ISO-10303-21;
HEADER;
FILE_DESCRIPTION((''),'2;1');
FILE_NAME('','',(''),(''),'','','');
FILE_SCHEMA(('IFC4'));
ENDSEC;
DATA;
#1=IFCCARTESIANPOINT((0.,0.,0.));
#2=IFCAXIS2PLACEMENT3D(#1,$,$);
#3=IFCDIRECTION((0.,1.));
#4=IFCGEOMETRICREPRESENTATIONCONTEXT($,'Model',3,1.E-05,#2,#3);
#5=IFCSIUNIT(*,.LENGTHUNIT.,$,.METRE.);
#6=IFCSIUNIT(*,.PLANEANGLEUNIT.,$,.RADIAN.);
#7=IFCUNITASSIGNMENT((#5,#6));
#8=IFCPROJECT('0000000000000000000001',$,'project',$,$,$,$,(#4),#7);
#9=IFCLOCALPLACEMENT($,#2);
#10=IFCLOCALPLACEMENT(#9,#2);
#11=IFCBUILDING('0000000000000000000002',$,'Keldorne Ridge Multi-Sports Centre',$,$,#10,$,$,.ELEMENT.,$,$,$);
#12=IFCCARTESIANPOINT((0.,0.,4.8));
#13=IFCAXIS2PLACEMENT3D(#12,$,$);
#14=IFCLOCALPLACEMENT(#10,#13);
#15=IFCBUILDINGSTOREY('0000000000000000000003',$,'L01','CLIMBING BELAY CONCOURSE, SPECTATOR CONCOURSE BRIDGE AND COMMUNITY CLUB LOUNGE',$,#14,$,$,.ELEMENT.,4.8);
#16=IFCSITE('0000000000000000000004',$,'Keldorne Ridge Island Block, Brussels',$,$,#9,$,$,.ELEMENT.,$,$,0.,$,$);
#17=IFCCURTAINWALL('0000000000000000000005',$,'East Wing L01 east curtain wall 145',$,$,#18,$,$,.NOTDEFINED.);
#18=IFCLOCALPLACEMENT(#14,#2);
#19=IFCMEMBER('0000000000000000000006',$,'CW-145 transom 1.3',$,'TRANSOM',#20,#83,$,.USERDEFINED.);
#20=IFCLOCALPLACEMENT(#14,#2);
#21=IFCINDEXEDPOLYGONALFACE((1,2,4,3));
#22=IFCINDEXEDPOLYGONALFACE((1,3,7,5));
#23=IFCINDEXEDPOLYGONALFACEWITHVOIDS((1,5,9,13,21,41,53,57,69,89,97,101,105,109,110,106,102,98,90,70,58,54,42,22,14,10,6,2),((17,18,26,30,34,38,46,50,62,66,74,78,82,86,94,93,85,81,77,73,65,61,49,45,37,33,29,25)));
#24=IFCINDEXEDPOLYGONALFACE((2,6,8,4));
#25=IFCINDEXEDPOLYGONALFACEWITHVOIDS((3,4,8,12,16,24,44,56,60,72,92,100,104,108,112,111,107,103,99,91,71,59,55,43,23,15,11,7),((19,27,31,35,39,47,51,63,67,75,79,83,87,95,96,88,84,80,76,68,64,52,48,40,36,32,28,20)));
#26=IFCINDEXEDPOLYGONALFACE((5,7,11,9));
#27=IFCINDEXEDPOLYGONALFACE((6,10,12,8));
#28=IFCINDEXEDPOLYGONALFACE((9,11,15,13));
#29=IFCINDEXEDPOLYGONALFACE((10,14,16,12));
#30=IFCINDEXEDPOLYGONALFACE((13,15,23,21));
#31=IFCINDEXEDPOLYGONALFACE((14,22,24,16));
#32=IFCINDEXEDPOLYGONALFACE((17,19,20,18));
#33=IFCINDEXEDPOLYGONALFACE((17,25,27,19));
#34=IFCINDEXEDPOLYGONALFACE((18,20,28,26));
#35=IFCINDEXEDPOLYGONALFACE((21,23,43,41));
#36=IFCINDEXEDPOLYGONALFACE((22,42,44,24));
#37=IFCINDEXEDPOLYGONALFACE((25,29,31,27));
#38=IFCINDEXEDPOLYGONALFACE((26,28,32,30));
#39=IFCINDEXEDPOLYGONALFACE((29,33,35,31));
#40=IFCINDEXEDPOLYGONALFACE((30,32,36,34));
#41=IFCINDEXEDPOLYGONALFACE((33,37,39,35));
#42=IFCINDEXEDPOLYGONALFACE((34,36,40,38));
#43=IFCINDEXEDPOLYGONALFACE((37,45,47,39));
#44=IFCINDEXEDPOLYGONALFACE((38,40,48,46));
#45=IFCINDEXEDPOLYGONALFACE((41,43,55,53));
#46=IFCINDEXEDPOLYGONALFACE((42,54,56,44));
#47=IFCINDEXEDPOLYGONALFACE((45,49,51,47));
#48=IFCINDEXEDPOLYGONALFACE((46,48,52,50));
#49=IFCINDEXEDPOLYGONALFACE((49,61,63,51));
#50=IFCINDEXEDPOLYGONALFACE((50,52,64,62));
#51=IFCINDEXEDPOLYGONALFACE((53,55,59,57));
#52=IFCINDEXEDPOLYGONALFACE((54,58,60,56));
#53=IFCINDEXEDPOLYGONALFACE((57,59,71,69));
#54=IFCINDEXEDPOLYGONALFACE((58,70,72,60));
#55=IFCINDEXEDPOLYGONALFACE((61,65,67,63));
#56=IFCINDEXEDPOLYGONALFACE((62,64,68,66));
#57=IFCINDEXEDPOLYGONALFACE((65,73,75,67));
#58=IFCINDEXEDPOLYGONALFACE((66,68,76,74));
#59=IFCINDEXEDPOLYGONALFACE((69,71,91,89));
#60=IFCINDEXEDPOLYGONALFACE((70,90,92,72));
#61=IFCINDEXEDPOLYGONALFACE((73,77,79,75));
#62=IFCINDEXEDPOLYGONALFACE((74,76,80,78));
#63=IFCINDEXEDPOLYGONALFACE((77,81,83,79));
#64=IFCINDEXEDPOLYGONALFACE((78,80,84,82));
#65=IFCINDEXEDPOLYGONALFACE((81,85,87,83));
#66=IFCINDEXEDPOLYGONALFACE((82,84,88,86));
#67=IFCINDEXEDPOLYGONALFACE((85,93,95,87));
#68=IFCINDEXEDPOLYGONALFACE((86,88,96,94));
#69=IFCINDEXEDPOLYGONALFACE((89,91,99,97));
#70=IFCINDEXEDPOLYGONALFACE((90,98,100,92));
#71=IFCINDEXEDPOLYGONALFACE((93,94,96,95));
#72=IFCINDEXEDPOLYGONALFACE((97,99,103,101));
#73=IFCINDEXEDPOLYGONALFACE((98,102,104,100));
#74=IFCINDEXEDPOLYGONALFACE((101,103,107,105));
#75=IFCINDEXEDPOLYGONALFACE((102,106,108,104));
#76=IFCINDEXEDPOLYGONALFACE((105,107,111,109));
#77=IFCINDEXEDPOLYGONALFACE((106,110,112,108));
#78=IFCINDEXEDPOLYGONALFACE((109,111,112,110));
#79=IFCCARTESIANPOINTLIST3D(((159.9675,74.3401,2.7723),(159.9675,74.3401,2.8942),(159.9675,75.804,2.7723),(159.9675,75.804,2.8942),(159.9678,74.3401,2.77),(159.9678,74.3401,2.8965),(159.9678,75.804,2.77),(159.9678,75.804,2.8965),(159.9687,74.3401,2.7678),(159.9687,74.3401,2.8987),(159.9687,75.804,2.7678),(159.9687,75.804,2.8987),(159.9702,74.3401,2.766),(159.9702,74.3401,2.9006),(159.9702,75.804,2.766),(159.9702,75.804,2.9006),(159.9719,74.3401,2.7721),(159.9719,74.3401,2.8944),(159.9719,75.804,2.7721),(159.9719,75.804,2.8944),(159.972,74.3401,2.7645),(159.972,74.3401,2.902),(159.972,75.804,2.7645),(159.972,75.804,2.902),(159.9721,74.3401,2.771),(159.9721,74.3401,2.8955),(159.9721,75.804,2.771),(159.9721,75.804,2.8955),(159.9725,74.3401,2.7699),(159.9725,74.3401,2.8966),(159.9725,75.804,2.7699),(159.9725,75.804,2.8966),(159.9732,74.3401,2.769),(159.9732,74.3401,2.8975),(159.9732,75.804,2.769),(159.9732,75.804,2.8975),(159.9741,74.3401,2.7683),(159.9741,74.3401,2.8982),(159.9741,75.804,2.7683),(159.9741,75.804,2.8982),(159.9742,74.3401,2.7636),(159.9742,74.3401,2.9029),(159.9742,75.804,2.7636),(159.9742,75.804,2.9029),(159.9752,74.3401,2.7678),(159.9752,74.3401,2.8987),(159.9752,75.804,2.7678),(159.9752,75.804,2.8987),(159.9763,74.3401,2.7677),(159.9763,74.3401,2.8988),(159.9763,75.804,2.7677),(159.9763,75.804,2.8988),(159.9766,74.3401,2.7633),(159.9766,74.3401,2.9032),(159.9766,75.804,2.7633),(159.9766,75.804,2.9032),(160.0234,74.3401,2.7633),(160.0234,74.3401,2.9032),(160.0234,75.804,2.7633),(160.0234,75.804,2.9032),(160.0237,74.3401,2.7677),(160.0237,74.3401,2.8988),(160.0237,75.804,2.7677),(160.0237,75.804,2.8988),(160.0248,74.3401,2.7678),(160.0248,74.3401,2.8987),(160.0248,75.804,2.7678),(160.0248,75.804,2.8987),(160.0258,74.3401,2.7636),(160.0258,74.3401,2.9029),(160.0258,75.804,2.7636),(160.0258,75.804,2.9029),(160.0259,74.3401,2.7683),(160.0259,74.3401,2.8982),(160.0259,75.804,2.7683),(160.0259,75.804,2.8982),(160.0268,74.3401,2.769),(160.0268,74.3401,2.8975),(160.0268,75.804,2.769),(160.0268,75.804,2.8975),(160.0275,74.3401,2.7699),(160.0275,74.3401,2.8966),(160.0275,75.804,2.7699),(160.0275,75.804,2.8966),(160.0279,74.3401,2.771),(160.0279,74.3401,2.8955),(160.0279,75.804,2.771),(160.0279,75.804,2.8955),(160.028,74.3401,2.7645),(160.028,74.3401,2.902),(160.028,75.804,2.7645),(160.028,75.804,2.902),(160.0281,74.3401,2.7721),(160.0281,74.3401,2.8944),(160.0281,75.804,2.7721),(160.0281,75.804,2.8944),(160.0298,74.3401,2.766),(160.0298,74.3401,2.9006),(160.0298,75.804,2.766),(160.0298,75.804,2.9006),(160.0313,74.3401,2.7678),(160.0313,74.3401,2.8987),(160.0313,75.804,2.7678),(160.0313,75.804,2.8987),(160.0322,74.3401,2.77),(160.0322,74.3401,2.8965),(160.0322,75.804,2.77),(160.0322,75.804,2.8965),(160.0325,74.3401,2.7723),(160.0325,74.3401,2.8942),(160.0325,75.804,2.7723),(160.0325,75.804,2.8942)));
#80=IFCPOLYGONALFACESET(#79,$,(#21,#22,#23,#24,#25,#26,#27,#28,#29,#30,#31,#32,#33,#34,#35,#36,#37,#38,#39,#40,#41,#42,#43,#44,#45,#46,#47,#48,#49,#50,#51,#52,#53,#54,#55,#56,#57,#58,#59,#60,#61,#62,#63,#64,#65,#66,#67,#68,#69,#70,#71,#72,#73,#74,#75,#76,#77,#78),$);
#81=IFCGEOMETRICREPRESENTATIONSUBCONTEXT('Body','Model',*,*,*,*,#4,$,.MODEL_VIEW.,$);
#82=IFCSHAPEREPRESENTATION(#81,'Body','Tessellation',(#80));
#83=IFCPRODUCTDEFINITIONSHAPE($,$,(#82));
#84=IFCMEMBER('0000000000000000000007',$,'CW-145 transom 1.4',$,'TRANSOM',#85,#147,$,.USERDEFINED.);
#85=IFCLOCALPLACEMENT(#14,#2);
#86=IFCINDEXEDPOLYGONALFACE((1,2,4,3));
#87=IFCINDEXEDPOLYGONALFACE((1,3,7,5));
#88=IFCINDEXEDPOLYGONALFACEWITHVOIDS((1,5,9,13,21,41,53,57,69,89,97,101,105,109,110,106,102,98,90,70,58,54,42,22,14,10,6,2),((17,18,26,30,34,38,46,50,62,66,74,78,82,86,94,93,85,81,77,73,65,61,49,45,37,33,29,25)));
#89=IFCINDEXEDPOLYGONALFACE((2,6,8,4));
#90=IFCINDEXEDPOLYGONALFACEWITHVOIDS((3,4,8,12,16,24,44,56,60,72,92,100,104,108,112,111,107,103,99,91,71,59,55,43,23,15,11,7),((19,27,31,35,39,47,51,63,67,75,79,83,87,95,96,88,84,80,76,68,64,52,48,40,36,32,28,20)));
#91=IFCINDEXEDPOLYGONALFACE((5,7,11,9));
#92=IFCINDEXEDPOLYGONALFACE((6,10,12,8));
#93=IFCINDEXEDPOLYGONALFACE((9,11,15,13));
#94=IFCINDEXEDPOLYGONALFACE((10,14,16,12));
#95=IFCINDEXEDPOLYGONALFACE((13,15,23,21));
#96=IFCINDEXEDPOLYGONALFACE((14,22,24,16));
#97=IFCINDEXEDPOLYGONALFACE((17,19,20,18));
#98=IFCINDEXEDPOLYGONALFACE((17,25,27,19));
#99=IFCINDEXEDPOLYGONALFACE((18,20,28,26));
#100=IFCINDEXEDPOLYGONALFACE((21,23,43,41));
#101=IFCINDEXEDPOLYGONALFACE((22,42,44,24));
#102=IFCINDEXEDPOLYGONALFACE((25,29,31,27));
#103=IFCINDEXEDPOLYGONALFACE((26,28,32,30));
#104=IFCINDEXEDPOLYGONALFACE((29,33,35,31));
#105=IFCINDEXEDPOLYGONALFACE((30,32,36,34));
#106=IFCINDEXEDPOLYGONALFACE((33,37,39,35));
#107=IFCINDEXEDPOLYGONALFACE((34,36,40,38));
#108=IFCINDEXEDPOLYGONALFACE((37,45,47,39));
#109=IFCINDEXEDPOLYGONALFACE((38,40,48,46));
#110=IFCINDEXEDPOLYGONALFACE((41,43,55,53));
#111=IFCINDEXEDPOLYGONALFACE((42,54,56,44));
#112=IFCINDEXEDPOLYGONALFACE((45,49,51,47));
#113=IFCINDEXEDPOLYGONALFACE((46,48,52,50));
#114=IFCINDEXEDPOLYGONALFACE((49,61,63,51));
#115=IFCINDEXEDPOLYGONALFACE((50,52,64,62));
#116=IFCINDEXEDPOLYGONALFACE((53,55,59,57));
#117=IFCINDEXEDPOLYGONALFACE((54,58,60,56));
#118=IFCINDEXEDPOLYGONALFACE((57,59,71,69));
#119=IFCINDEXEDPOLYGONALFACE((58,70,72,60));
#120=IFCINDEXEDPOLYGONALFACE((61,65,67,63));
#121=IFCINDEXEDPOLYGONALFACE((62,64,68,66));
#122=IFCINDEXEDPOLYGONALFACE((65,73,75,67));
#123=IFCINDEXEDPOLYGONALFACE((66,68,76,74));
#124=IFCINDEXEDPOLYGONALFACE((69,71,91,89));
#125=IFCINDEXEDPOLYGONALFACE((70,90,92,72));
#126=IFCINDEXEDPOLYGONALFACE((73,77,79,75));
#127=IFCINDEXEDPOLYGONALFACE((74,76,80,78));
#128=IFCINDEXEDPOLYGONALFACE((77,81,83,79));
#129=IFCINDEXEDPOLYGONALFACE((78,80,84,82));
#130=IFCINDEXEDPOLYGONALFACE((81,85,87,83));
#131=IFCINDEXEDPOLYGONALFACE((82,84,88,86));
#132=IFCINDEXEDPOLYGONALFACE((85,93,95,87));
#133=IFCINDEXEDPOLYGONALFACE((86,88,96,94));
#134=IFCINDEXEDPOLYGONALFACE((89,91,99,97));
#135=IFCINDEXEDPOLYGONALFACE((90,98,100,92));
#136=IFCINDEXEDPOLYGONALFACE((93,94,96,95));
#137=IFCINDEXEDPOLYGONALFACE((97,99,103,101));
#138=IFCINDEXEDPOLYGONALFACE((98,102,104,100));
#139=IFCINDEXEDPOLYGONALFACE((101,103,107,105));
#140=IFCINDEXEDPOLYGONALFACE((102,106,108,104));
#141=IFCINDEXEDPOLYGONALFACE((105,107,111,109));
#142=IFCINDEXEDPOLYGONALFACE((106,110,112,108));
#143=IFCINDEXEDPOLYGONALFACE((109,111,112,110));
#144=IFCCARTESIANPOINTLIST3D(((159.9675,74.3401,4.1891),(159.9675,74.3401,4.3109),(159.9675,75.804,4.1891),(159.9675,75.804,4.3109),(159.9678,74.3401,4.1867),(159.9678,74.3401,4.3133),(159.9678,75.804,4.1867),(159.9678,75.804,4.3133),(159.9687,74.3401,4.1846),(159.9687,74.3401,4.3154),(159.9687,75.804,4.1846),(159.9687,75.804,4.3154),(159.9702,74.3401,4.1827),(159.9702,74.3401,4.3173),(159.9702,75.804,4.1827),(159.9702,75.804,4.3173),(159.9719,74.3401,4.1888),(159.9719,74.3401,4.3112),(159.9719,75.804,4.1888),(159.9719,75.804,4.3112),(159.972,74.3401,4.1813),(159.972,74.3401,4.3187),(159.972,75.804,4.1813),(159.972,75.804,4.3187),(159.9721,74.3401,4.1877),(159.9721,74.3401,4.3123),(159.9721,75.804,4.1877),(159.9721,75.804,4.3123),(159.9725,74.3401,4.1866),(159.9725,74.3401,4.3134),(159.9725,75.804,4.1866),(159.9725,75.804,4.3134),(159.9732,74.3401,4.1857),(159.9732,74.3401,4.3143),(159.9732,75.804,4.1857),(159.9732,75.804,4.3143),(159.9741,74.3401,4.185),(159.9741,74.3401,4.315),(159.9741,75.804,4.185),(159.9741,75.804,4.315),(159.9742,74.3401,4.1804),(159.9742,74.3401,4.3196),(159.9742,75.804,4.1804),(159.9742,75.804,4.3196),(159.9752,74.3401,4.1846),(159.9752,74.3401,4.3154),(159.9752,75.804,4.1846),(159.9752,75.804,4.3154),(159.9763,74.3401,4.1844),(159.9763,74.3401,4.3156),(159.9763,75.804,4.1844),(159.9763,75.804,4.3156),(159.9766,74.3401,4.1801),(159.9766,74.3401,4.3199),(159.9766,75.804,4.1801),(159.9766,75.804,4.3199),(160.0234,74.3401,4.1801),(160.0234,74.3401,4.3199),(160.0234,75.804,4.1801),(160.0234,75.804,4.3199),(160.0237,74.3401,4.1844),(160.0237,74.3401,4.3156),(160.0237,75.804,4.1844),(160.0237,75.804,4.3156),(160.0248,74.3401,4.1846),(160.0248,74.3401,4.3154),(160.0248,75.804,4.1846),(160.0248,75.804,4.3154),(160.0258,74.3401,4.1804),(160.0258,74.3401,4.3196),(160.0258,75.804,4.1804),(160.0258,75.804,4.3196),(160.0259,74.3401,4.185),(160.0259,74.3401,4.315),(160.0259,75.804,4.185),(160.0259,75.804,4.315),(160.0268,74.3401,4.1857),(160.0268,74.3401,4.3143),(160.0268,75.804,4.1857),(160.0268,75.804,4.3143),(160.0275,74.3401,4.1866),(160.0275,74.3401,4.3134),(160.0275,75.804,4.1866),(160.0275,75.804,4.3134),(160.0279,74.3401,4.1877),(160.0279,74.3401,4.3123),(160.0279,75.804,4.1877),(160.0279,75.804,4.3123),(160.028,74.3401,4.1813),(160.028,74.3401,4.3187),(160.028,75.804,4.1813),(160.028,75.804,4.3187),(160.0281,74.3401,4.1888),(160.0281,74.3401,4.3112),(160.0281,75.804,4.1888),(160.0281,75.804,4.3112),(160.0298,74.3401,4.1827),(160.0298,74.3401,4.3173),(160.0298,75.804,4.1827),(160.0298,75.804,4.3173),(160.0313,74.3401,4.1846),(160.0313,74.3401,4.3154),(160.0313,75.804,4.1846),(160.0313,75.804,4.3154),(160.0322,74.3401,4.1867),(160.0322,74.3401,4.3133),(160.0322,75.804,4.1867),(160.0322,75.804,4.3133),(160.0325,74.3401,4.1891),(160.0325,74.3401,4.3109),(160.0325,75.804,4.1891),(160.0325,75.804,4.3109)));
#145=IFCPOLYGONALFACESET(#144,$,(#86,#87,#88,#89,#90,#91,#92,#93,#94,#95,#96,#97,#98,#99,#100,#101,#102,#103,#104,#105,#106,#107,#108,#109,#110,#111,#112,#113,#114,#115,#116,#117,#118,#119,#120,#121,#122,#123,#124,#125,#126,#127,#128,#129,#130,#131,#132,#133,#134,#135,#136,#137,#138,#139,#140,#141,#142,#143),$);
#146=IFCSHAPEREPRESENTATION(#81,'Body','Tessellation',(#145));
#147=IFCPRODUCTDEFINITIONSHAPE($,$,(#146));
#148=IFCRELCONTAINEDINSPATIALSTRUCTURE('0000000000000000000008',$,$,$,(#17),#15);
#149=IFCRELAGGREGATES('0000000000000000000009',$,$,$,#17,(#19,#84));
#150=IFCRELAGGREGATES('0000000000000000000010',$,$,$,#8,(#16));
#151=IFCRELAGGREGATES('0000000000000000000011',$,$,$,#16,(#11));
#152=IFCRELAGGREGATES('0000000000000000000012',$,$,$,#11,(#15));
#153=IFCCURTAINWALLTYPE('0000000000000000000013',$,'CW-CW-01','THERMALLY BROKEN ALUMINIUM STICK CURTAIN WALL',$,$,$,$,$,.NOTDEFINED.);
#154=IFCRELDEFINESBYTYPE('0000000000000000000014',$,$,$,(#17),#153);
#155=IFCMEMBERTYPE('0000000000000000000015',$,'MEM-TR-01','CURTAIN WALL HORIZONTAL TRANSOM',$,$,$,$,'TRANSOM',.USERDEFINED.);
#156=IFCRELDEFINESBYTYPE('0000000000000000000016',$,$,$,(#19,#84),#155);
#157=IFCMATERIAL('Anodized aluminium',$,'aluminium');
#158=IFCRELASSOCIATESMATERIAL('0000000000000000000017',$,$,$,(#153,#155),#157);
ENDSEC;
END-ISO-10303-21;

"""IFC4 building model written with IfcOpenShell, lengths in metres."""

from ifc_helpers import new_model, si_unit, direction, frame, origin, origin_2d, place, context, subcontext, project, spatial, hollow_rectangle, extrude, material, material_profile, profile_set, type_object, element, aggregate, save


model = new_model("IFC4")

# Units and contexts
model_context = context("Model", 3, precision=1e-05, world=origin(), true_north=direction((0.0, 1.0)))
body_context = subcontext(model_context, "Body", "Model", "MODEL_VIEW")
ifc_project = project(units=[si_unit("LENGTHUNIT", "METRE"), si_unit("PLANEANGLEUNIT", "RADIAN")], contexts=[model_context])

# Site, building, storey
site_placement = place(None, origin())
site = spatial("IfcSite", under=ifc_project, at=site_placement, Name="Keldorne Ridge Island Block, Brussels", CompositionType="ELEMENT", RefElevation=0.0)
building_placement = place(site_placement, origin())
building = spatial("IfcBuilding", under=site, at=building_placement, Name="Keldorne Ridge Multi-Sports Centre", CompositionType="ELEMENT")
storey_placement = place(building_placement, frame((0.0, 0.0, 4.8)))
storey = spatial("IfcBuildingStorey", under=building, at=storey_placement, Name="L01", Description="CLIMBING BELAY CONCOURSE, SPECTATOR CONCOURSE BRIDGE AND COMMUNITY CLUB LOUNGE", CompositionType="ELEMENT", Elevation=4.8)

# Curtain wall, members
ifc_material_1 = material(Name="Anodized aluminium", Category="aluminium")
curtain_wall_type = type_object("IfcCurtainWallType", Name="CW-CW-01", Description="THERMALLY BROKEN ALUMINIUM STICK CURTAIN WALL", PredefinedType="NOTDEFINED", material=ifc_material_1)
curtain_wall_placement = place(storey_placement, origin())
curtain_wall = element("IfcCurtainWall", 1, at=curtain_wall_placement, inside=storey, type_object=curtain_wall_type, Name="East Wing L01 east curtain wall 145", PredefinedType="NOTDEFINED")
ifc_material_profile_1 = material_profile(ifc_material_1, hollow_rectangle(XDim=0.0649, YDim=0.1399, WallThickness=0.0044, InnerFilletRadius=0.0044, OuterFilletRadius=0.009, at=origin_2d()), Name="ALU TRANSOM 140x65x4.5")
ifc_profile_set_1 = profile_set([ifc_material_profile_1], Name="Anodized aluminium")
member_type_1 = type_object("IfcMemberType", Name="MEM-TR-01", Description="CURTAIN WALL HORIZONTAL TRANSOM", ElementType="TRANSOM", PredefinedType="USERDEFINED", material=ifc_profile_set_1)
member_1_placement = place(storey_placement, frame((160.0, 74.3401, 2.8333), z_axis=(0.0, 1.0, 0.0), x_axis=(-1.0, 0.0, 0.0)))
member_1 = element("IfcMember", 2, at=member_1_placement, type_object=member_type_1, Name="CW-145 transom 1.3", ObjectType="TRANSOM", PredefinedType="USERDEFINED", context=body_context, shape_type="SweptSolid", body=[
    extrude(hollow_rectangle(XDim=0.0649, YDim=0.1399, WallThickness=0.0044, InnerFilletRadius=0.0044, OuterFilletRadius=0.009, at=origin_2d()), origin(), (0.0, 0.0, 1.0), 1.4639),
])
member_2_placement = place(storey_placement, frame((160.0, 74.3401, 4.25), z_axis=(0.0, 1.0, 0.0), x_axis=(-1.0, 0.0, 0.0)))
member_2 = element("IfcMember", 3, at=member_2_placement, type_object=member_type_1, Name="CW-145 transom 1.4", ObjectType="TRANSOM", PredefinedType="USERDEFINED", context=body_context, shape_type="SweptSolid", body=[
    extrude(hollow_rectangle(XDim=0.0649, YDim=0.1399, WallThickness=0.0044, InnerFilletRadius=0.0044, OuterFilletRadius=0.009, at=origin_2d()), origin(), (0.0, 0.0, 1.0), 1.4639),
])
aggregate(curtain_wall, [member_1, member_2])

save(model, "model.ifc")
